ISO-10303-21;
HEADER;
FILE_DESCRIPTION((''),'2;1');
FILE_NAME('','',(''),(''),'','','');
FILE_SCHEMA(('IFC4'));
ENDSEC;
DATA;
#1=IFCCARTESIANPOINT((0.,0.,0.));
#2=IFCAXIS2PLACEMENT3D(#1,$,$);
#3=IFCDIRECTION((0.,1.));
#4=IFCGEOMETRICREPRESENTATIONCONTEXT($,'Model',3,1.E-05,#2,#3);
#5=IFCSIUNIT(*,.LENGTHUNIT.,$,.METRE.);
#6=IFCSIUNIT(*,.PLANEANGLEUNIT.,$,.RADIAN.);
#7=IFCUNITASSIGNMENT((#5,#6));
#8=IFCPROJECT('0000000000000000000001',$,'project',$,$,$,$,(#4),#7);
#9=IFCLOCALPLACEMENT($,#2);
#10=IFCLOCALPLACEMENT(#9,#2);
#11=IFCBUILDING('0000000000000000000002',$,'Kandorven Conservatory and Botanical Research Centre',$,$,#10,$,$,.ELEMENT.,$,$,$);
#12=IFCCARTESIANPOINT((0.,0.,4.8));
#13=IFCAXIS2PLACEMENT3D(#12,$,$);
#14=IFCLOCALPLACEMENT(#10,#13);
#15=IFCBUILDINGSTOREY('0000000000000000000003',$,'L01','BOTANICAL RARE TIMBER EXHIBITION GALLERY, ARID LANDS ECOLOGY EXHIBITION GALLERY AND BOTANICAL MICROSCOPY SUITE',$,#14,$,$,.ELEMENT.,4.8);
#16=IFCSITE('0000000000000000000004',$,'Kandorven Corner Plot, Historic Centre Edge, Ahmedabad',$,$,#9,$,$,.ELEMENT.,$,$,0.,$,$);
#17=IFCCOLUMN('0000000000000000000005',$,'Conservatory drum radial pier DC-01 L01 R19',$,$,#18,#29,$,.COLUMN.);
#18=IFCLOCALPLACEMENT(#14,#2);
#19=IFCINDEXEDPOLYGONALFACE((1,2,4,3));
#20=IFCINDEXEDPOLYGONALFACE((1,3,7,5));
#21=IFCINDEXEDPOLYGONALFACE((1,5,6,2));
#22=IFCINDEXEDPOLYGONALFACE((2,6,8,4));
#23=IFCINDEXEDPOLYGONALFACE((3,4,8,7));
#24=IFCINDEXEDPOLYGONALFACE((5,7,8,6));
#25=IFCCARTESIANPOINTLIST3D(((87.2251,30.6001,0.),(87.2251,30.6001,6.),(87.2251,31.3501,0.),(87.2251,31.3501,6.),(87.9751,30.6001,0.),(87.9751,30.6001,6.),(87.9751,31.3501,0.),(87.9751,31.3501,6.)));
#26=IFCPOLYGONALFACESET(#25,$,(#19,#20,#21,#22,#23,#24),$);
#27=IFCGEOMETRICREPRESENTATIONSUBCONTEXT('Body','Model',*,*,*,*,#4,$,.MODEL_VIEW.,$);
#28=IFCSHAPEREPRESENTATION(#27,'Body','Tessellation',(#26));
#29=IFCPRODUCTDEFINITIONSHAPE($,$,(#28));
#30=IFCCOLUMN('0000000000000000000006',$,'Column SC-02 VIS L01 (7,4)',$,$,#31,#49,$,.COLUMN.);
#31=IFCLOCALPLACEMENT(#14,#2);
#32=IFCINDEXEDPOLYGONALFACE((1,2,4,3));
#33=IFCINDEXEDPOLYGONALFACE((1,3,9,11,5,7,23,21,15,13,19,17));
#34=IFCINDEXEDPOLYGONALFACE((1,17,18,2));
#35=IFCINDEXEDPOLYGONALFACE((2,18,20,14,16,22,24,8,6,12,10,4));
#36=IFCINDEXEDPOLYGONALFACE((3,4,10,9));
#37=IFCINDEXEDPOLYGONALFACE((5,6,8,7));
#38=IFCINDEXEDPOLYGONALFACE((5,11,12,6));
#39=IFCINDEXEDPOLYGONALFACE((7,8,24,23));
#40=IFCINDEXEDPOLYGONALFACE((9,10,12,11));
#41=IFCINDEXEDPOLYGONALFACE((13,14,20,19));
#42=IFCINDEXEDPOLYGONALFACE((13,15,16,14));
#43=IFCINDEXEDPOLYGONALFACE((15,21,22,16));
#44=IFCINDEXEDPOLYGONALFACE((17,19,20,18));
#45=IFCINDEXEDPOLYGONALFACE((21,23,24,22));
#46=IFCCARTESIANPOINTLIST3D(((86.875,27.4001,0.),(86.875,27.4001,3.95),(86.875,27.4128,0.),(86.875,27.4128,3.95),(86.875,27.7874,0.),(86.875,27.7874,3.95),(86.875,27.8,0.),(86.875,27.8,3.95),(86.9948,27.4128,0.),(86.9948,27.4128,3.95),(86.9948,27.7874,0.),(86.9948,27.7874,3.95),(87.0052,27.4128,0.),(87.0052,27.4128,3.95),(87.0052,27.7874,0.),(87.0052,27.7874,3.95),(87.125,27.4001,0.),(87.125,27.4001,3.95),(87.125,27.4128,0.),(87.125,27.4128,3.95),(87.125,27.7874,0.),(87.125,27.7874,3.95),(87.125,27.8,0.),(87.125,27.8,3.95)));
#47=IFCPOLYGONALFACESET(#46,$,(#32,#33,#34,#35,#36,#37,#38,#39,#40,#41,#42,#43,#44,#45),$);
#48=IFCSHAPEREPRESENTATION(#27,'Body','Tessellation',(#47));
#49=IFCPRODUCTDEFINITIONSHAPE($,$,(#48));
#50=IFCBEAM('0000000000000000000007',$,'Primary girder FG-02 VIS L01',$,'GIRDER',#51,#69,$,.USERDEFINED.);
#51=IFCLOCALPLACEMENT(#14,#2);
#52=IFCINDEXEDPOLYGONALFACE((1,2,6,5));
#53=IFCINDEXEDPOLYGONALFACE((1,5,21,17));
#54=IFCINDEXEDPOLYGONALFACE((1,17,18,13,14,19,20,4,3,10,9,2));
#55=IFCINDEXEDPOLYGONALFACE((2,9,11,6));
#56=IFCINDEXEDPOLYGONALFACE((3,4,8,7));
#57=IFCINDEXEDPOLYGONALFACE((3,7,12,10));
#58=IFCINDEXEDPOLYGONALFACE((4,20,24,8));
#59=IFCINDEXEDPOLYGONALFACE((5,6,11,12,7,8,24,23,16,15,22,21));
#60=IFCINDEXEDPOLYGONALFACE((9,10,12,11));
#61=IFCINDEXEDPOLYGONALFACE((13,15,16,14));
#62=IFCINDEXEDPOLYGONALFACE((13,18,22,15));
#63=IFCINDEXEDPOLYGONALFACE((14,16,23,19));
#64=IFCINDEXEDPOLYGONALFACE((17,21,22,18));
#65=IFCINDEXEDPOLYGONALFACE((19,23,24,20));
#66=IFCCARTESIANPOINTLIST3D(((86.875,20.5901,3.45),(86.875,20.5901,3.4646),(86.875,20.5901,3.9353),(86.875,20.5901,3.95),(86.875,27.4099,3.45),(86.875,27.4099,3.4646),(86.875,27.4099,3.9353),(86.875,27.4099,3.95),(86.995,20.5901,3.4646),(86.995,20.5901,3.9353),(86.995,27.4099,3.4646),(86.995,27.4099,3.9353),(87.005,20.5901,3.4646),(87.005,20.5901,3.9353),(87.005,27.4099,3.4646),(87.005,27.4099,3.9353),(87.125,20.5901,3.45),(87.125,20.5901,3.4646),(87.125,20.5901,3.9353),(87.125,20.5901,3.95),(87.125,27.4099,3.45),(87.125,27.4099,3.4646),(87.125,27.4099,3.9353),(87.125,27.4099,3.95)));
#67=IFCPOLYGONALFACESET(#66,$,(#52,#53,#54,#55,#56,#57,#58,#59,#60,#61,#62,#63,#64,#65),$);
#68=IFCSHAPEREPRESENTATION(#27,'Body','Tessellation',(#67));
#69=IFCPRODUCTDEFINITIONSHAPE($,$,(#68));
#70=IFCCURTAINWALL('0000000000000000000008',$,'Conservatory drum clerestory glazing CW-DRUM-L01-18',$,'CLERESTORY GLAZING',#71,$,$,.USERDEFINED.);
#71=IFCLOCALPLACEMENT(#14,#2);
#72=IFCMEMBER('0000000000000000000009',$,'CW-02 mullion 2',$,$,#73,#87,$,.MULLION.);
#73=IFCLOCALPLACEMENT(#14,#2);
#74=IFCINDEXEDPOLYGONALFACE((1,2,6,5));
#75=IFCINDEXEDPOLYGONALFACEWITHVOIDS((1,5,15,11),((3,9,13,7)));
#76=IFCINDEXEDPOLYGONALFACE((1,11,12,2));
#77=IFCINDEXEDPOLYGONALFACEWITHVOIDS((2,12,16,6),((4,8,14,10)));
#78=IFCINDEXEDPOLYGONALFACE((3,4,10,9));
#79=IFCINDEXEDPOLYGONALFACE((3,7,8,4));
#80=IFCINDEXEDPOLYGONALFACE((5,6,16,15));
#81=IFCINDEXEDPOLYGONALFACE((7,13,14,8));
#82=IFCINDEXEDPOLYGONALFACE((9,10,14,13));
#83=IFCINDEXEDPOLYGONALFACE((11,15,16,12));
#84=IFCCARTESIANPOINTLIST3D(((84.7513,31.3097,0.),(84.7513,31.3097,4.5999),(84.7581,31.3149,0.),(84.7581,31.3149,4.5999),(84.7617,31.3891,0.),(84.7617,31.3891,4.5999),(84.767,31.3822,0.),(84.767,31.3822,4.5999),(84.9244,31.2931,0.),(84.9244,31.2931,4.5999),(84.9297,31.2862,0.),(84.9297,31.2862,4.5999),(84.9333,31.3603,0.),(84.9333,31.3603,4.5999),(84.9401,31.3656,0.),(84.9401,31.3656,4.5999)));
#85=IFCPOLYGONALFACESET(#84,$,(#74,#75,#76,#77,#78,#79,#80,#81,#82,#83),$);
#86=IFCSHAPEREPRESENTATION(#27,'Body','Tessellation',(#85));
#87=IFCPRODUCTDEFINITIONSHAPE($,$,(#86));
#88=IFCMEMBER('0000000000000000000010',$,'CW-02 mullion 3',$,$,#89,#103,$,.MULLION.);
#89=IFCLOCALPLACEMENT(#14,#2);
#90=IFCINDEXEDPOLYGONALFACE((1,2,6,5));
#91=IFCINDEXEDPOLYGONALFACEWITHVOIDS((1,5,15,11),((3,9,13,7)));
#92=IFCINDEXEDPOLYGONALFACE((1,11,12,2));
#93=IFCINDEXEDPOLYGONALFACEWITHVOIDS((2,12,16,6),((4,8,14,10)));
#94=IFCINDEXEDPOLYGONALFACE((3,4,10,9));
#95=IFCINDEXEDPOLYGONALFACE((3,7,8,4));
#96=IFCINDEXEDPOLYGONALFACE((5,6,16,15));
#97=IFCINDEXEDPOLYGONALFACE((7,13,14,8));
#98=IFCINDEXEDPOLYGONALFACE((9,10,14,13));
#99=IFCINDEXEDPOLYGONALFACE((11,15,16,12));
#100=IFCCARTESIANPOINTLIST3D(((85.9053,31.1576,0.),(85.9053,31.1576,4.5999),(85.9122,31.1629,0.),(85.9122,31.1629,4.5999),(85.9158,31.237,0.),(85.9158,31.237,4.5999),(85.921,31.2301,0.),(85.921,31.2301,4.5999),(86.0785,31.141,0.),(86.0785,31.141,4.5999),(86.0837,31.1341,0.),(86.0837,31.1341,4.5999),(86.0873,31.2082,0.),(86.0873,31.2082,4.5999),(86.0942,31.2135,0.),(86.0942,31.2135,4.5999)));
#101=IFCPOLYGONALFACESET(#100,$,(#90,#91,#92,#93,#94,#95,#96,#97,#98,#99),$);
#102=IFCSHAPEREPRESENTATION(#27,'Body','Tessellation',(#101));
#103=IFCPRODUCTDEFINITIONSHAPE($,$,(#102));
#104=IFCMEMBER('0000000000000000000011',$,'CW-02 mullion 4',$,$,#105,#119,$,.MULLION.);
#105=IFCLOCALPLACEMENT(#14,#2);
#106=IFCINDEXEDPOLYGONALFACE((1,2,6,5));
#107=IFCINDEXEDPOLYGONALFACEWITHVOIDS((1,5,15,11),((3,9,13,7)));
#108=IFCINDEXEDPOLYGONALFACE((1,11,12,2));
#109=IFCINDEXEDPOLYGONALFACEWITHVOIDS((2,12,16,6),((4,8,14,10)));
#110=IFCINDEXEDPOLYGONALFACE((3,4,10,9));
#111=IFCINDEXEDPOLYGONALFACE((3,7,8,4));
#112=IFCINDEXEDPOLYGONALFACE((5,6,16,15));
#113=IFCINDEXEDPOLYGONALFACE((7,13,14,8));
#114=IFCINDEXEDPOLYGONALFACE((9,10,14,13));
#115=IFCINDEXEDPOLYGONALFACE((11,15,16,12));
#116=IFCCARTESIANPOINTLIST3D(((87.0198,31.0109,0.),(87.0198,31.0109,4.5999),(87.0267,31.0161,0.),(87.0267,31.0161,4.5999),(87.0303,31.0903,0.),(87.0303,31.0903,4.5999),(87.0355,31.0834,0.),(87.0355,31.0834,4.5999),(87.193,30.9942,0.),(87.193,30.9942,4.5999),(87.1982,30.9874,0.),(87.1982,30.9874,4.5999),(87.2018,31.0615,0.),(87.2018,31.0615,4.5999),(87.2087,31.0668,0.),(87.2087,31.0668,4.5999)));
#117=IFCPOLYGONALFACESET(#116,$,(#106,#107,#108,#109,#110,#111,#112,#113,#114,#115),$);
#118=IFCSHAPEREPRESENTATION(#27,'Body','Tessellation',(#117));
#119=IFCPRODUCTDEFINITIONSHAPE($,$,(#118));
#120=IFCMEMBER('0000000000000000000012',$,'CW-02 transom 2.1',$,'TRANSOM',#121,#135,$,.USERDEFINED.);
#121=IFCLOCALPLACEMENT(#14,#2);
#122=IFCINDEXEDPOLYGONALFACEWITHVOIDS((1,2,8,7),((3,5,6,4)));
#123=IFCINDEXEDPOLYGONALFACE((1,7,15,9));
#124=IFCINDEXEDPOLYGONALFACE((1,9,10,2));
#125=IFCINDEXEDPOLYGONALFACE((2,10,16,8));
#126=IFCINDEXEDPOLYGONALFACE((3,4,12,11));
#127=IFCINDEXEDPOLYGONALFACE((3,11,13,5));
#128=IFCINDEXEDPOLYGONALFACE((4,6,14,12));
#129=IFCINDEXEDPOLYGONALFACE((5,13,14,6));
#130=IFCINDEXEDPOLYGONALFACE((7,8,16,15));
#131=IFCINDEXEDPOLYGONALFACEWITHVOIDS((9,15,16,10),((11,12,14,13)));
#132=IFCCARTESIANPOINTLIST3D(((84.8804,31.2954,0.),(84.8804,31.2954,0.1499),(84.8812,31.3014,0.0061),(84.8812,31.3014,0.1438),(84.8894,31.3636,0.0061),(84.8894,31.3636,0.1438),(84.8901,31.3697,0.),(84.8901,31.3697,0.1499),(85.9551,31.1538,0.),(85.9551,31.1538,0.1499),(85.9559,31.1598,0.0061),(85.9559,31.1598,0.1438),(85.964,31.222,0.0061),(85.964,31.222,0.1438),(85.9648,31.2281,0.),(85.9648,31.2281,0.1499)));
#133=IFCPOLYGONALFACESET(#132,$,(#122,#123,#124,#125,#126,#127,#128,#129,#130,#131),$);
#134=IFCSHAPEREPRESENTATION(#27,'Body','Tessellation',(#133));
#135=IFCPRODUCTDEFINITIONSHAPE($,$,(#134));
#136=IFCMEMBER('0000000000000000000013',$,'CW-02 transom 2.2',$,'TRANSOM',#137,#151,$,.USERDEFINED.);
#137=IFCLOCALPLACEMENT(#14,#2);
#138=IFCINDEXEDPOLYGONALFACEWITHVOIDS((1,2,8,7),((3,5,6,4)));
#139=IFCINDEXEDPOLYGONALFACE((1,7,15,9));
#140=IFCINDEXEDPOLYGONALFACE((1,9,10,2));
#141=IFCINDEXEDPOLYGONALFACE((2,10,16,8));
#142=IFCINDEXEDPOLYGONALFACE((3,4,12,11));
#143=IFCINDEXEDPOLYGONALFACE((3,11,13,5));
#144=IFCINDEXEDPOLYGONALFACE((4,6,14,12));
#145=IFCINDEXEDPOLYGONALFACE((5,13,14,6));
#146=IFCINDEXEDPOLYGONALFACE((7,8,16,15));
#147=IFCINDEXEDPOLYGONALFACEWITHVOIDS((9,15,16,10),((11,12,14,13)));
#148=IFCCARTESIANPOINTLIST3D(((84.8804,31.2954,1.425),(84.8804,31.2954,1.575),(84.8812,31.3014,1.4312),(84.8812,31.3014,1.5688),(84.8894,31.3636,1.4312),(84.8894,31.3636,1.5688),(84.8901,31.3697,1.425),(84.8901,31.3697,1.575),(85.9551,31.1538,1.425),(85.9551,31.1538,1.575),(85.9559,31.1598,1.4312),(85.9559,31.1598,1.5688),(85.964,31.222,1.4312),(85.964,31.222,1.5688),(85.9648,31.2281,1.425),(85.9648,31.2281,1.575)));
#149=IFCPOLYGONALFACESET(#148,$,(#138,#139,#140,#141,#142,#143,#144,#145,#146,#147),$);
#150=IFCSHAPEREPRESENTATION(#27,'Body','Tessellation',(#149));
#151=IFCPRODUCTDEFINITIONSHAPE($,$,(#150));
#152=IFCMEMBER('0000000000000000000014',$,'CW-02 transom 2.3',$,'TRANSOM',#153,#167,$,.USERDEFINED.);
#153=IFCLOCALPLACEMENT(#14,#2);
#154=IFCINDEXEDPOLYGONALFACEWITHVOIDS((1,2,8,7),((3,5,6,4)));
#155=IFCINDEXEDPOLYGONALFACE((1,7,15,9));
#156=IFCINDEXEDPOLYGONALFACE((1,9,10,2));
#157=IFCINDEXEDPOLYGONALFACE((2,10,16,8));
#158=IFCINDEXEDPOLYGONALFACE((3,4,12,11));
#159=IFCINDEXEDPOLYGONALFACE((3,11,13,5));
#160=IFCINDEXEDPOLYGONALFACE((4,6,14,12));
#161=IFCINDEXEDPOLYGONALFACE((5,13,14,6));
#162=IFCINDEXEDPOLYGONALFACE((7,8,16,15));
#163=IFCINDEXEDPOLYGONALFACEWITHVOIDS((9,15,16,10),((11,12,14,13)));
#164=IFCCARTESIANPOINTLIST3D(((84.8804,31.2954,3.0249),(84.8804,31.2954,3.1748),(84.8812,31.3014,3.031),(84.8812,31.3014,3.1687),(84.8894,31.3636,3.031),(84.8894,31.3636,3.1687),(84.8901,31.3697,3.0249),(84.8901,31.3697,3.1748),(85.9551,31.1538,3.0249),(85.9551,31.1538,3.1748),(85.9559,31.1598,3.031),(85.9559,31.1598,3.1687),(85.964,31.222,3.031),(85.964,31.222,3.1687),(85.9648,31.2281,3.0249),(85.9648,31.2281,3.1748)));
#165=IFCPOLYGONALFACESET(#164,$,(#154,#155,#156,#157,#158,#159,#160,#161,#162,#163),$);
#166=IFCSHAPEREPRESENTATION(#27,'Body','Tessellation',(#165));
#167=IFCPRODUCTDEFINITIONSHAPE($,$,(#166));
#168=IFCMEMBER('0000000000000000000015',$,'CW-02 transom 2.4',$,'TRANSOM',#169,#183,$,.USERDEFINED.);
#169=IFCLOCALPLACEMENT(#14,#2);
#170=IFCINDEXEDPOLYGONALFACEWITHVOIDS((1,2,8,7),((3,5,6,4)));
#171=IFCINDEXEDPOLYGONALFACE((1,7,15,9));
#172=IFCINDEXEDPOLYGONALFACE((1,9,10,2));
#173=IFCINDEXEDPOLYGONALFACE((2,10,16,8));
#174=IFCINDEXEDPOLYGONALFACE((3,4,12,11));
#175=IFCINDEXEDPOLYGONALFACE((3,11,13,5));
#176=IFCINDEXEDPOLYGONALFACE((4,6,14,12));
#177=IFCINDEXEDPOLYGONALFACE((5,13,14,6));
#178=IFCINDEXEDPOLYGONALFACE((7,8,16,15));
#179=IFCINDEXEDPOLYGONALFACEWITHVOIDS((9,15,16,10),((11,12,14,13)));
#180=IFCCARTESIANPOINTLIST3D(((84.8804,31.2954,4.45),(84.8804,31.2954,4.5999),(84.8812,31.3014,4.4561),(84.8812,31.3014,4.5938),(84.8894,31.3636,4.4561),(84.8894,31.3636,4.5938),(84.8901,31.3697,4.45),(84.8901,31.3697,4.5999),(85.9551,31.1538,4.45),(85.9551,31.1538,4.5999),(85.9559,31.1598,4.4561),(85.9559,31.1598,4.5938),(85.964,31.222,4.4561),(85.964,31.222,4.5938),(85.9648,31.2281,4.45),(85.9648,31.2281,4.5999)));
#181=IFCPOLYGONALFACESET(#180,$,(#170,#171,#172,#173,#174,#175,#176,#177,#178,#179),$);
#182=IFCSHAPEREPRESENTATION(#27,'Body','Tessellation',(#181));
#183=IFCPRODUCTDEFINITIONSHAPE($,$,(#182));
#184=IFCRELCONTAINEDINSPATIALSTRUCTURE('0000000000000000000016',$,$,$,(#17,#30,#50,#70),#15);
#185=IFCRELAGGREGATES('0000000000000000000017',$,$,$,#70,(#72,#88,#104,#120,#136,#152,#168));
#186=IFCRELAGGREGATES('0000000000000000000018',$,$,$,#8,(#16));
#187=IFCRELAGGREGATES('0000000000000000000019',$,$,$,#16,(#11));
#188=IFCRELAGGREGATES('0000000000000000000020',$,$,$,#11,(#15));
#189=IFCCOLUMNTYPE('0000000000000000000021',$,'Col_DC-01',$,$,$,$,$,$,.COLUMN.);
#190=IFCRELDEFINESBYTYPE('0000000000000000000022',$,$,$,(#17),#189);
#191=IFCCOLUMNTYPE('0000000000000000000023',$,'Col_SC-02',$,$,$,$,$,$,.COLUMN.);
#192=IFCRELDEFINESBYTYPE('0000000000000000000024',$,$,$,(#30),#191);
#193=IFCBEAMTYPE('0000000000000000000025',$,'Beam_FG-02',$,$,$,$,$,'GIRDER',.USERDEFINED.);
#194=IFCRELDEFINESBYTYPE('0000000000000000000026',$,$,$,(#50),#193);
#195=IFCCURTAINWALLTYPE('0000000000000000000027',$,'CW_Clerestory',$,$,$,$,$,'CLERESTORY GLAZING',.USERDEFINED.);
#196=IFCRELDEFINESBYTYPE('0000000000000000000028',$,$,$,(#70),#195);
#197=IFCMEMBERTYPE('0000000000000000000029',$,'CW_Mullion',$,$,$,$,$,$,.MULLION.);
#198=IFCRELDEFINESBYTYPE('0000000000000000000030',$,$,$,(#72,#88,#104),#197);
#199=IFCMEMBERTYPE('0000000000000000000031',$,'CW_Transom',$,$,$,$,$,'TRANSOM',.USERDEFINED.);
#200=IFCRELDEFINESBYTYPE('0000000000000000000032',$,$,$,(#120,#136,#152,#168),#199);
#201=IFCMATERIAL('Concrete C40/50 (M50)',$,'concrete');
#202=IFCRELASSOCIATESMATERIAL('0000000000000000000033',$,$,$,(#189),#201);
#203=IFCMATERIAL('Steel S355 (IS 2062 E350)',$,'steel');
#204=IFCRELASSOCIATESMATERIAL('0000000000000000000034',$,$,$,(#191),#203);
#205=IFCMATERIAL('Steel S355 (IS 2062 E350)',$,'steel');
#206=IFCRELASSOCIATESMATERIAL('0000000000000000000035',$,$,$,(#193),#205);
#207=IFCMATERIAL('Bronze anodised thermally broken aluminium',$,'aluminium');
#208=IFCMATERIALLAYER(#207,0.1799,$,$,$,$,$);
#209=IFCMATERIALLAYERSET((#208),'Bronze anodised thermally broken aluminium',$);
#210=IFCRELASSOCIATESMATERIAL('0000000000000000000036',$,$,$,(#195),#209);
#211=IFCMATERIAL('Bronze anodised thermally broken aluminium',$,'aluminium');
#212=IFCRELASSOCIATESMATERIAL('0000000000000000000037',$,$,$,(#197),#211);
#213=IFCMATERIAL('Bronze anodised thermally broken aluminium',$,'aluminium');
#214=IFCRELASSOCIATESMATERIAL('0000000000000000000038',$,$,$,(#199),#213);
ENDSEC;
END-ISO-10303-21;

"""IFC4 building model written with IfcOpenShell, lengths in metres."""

from ifc_helpers import new_model, si_unit, direction, frame, origin, origin_2d, place, context, subcontext, project, spatial, rectangle, hollow_rectangle, i_section, extrude, material, layer, layer_set, material_profile, profile_set, type_object, element, aggregate, save


model = new_model("IFC4")

# Units and contexts
model_context = context("Model", 3, precision=1e-05, world=origin(), true_north=direction((0.0, 1.0)))
body_context = subcontext(model_context, "Body", "Model", "MODEL_VIEW")
ifc_project = project(units=[si_unit("LENGTHUNIT", "METRE"), si_unit("PLANEANGLEUNIT", "RADIAN")], contexts=[model_context])

# Site, building, storey
site_placement = place(None, origin())
site = spatial("IfcSite", under=ifc_project, at=site_placement, Name="Kandorven Corner Plot, Historic Centre Edge, Ahmedabad", CompositionType="ELEMENT", RefElevation=0.0)
building_placement = place(site_placement, origin())
building = spatial("IfcBuilding", under=site, at=building_placement, Name="Kandorven Conservatory and Botanical Research Centre", CompositionType="ELEMENT")
storey_placement = place(building_placement, frame((0.0, 0.0, 4.8)))
storey = spatial("IfcBuildingStorey", under=building, at=storey_placement, Name="L01", Description="BOTANICAL RARE TIMBER EXHIBITION GALLERY, ARID LANDS ECOLOGY EXHIBITION GALLERY AND BOTANICAL MICROSCOPY SUITE", CompositionType="ELEMENT", Elevation=4.8)

# Columns
ifc_material_1 = material(Name="Concrete C40/50 (M50)", Category="concrete")
ifc_material_profile_1 = material_profile(ifc_material_1, rectangle(XDim=0.75, YDim=0.75, at=origin_2d()))
ifc_profile_set_1 = profile_set([ifc_material_profile_1], Name="Concrete C40/50 (M50)")
column_type_1 = type_object("IfcColumnType", Name="Col_DC-01", PredefinedType="COLUMN", material=ifc_profile_set_1)
column_1_placement = place(storey_placement, frame((87.6001, 30.9751, 0.0), z_axis=(0.0, 0.0, 1.0), x_axis=(0.0, -1.0, 0.0)))
element("IfcColumn", 1, at=column_1_placement, inside=storey, type_object=column_type_1, Name="Conservatory drum radial pier DC-01 L01 R19", PredefinedType="COLUMN", context=body_context, shape_type="SweptSolid", body=[
    extrude(rectangle(XDim=0.75, YDim=0.75, at=origin_2d()), origin(), (0.0, 0.0, 1.0), 6.0),
])
ifc_material_2 = material(Name="Steel S355 (IS 2062 E350)", Category="steel")
ifc_material_profile_2 = material_profile(ifc_material_2, i_section(OverallWidth=0.25, OverallDepth=0.3999, WebThickness=0.0105, FlangeThickness=0.0127, at=origin_2d()))
ifc_profile_set_2 = profile_set([ifc_material_profile_2], Name="Steel S355 (IS 2062 E350)")
column_type_2 = type_object("IfcColumnType", Name="Col_SC-02", PredefinedType="COLUMN", material=ifc_profile_set_2)
column_2_placement = place(storey_placement, frame((87.0, 27.6001, 0.0), z_axis=(0.0, 0.0, 1.0), x_axis=(1.0, 0.0, 0.0)))
element("IfcColumn", 2, at=column_2_placement, inside=storey, type_object=column_type_2, Name="Column SC-02 VIS L01 (7,4)", PredefinedType="COLUMN", context=body_context, shape_type="SweptSolid", body=[
    extrude(i_section(OverallWidth=0.25, OverallDepth=0.3999, WebThickness=0.0105, FlangeThickness=0.0127, at=origin_2d()), origin(), (0.0, 0.0, 1.0), 3.95),
])

# Beam
ifc_material_3 = material(Name="Steel S355 (IS 2062 E350)", Category="steel")
ifc_material_profile_3 = material_profile(ifc_material_3, i_section(OverallWidth=0.25, OverallDepth=0.5, WebThickness=0.01, FlangeThickness=0.0146, at=origin_2d()))
ifc_profile_set_3 = profile_set([ifc_material_profile_3], Name="Steel S355 (IS 2062 E350)")
beam_type = type_object("IfcBeamType", Name="Beam_FG-02", ElementType="GIRDER", PredefinedType="USERDEFINED", material=ifc_profile_set_3)
beam_placement = place(storey_placement, frame((87.0, 20.5901, 3.7), z_axis=(0.0, 1.0, 0.0), x_axis=(-1.0, 0.0, 0.0)))
element("IfcBeam", 3, at=beam_placement, inside=storey, type_object=beam_type, Name="Primary girder FG-02 VIS L01", ObjectType="GIRDER", PredefinedType="USERDEFINED", context=body_context, shape_type="SweptSolid", body=[
    extrude(i_section(OverallWidth=0.25, OverallDepth=0.5, WebThickness=0.01, FlangeThickness=0.0146, at=origin_2d()), origin(), (0.0, 0.0, 1.0), 6.8198),
])

# Curtain wall, members
ifc_material_4 = material(Name="Bronze anodised thermally broken aluminium", Category="aluminium")
ifc_layer_1 = layer(ifc_material_4, 0.1799)
ifc_layer_set_1 = layer_set([ifc_layer_1], Name="Bronze anodised thermally broken aluminium")
curtain_wall_type = type_object("IfcCurtainWallType", Name="CW_Clerestory", ElementType="CLERESTORY GLAZING", PredefinedType="USERDEFINED", material=ifc_layer_set_1)
curtain_wall_placement = place(storey_placement, origin())
curtain_wall = element("IfcCurtainWall", 4, at=curtain_wall_placement, inside=storey, type_object=curtain_wall_type, Name="Conservatory drum clerestory glazing CW-DRUM-L01-18", ObjectType="CLERESTORY GLAZING", PredefinedType="USERDEFINED")
ifc_material_5 = material(Name="Bronze anodised thermally broken aluminium", Category="aluminium")
ifc_material_profile_4 = material_profile(ifc_material_5, hollow_rectangle(XDim=0.0801, YDim=0.1799, WallThickness=0.0061, at=origin_2d()))
ifc_profile_set_4 = profile_set([ifc_material_profile_4], Name="Bronze anodised thermally broken aluminium")
member_type_1 = type_object("IfcMemberType", Name="CW_Mullion", PredefinedType="MULLION", material=ifc_profile_set_4)
member_1_placement = place(storey_placement, frame((84.8457, 31.3376, 0.0), z_axis=(0.0, 0.0, 1.0), x_axis=(0.130552, 0.991441, 0.0)))
member_1 = element("IfcMember", 5, at=member_1_placement, type_object=member_type_1, Name="CW-02 mullion 2", PredefinedType="MULLION", context=body_context, shape_type="SweptSolid", body=[
    extrude(hollow_rectangle(XDim=0.0801, YDim=0.1799, WallThickness=0.0061, at=origin_2d()), origin(), (0.0, 0.0, 1.0), 4.5999),
])
member_2_placement = place(storey_placement, frame((85.9998, 31.1855, 0.0), z_axis=(0.0, 0.0, 1.0), x_axis=(0.130552, 0.991441, 0.0)))
member_2 = element("IfcMember", 6, at=member_2_placement, type_object=member_type_1, Name="CW-02 mullion 3", PredefinedType="MULLION", context=body_context, shape_type="SweptSolid", body=[
    extrude(hollow_rectangle(XDim=0.0801, YDim=0.1799, WallThickness=0.0061, at=origin_2d()), origin(), (0.0, 0.0, 1.0), 4.5999),
])
member_3_placement = place(storey_placement, frame((87.1143, 31.0388, 0.0), z_axis=(0.0, 0.0, 1.0), x_axis=(0.130552, 0.991441, 0.0)))
member_3 = element("IfcMember", 7, at=member_3_placement, type_object=member_type_1, Name="CW-02 mullion 4", PredefinedType="MULLION", context=body_context, shape_type="SweptSolid", body=[
    extrude(hollow_rectangle(XDim=0.0801, YDim=0.1799, WallThickness=0.0061, at=origin_2d()), origin(), (0.0, 0.0, 1.0), 4.5999),
])
ifc_material_6 = material(Name="Bronze anodised thermally broken aluminium", Category="aluminium")
ifc_material_profile_5 = material_profile(ifc_material_6, hollow_rectangle(XDim=0.075, YDim=0.1499, WallThickness=0.0061, at=origin_2d()))
ifc_profile_set_5 = profile_set([ifc_material_profile_5], Name="Bronze anodised thermally broken aluminium")
member_type_2 = type_object("IfcMemberType", Name="CW_Transom", ElementType="TRANSOM", PredefinedType="USERDEFINED", material=ifc_profile_set_5)
member_4_placement = place(storey_placement, frame((84.8853, 31.3325, 0.075), z_axis=(0.991431, -0.130629, 0.0), x_axis=(0.130629, 0.991431, 0.0)))
member_4 = element("IfcMember", 8, at=member_4_placement, type_object=member_type_2, Name="CW-02 transom 2.1", ObjectType="TRANSOM", PredefinedType="USERDEFINED", context=body_context, shape_type="SweptSolid", body=[
    extrude(hollow_rectangle(XDim=0.075, YDim=0.1499, WallThickness=0.0061, at=origin_2d()), origin(), (0.0, 0.0, 1.0), 1.084),
])
member_5_placement = place(storey_placement, frame((84.8853, 31.3325, 1.5), z_axis=(0.991431, -0.130629, 0.0), x_axis=(0.130629, 0.991431, 0.0)))
member_5 = element("IfcMember", 9, at=member_5_placement, type_object=member_type_2, Name="CW-02 transom 2.2", ObjectType="TRANSOM", PredefinedType="USERDEFINED", context=body_context, shape_type="SweptSolid", body=[
    extrude(hollow_rectangle(XDim=0.075, YDim=0.1499, WallThickness=0.0061, at=origin_2d()), origin(), (0.0, 0.0, 1.0), 1.084),
])
member_6_placement = place(storey_placement, frame((84.8853, 31.3325, 3.0999), z_axis=(0.991431, -0.130629, 0.0), x_axis=(0.130629, 0.991431, 0.0)))
member_6 = element("IfcMember", 10, at=member_6_placement, type_object=member_type_2, Name="CW-02 transom 2.3", ObjectType="TRANSOM", PredefinedType="USERDEFINED", context=body_context, shape_type="SweptSolid", body=[
    extrude(hollow_rectangle(XDim=0.075, YDim=0.1499, WallThickness=0.0061, at=origin_2d()), origin(), (0.0, 0.0, 1.0), 1.084),
])
member_7_placement = place(storey_placement, frame((84.8853, 31.3325, 4.5249), z_axis=(0.991431, -0.130629, 0.0), x_axis=(0.130629, 0.991431, 0.0)))
member_7 = element("IfcMember", 11, at=member_7_placement, type_object=member_type_2, Name="CW-02 transom 2.4", ObjectType="TRANSOM", PredefinedType="USERDEFINED", context=body_context, shape_type="SweptSolid", body=[
    extrude(hollow_rectangle(XDim=0.075, YDim=0.1499, WallThickness=0.0061, at=origin_2d()), origin(), (0.0, 0.0, 1.0), 1.084),
])
aggregate(curtain_wall, [member_1, member_2, member_3, member_4, member_5, member_6, member_7])

save(model, "model.ifc")
